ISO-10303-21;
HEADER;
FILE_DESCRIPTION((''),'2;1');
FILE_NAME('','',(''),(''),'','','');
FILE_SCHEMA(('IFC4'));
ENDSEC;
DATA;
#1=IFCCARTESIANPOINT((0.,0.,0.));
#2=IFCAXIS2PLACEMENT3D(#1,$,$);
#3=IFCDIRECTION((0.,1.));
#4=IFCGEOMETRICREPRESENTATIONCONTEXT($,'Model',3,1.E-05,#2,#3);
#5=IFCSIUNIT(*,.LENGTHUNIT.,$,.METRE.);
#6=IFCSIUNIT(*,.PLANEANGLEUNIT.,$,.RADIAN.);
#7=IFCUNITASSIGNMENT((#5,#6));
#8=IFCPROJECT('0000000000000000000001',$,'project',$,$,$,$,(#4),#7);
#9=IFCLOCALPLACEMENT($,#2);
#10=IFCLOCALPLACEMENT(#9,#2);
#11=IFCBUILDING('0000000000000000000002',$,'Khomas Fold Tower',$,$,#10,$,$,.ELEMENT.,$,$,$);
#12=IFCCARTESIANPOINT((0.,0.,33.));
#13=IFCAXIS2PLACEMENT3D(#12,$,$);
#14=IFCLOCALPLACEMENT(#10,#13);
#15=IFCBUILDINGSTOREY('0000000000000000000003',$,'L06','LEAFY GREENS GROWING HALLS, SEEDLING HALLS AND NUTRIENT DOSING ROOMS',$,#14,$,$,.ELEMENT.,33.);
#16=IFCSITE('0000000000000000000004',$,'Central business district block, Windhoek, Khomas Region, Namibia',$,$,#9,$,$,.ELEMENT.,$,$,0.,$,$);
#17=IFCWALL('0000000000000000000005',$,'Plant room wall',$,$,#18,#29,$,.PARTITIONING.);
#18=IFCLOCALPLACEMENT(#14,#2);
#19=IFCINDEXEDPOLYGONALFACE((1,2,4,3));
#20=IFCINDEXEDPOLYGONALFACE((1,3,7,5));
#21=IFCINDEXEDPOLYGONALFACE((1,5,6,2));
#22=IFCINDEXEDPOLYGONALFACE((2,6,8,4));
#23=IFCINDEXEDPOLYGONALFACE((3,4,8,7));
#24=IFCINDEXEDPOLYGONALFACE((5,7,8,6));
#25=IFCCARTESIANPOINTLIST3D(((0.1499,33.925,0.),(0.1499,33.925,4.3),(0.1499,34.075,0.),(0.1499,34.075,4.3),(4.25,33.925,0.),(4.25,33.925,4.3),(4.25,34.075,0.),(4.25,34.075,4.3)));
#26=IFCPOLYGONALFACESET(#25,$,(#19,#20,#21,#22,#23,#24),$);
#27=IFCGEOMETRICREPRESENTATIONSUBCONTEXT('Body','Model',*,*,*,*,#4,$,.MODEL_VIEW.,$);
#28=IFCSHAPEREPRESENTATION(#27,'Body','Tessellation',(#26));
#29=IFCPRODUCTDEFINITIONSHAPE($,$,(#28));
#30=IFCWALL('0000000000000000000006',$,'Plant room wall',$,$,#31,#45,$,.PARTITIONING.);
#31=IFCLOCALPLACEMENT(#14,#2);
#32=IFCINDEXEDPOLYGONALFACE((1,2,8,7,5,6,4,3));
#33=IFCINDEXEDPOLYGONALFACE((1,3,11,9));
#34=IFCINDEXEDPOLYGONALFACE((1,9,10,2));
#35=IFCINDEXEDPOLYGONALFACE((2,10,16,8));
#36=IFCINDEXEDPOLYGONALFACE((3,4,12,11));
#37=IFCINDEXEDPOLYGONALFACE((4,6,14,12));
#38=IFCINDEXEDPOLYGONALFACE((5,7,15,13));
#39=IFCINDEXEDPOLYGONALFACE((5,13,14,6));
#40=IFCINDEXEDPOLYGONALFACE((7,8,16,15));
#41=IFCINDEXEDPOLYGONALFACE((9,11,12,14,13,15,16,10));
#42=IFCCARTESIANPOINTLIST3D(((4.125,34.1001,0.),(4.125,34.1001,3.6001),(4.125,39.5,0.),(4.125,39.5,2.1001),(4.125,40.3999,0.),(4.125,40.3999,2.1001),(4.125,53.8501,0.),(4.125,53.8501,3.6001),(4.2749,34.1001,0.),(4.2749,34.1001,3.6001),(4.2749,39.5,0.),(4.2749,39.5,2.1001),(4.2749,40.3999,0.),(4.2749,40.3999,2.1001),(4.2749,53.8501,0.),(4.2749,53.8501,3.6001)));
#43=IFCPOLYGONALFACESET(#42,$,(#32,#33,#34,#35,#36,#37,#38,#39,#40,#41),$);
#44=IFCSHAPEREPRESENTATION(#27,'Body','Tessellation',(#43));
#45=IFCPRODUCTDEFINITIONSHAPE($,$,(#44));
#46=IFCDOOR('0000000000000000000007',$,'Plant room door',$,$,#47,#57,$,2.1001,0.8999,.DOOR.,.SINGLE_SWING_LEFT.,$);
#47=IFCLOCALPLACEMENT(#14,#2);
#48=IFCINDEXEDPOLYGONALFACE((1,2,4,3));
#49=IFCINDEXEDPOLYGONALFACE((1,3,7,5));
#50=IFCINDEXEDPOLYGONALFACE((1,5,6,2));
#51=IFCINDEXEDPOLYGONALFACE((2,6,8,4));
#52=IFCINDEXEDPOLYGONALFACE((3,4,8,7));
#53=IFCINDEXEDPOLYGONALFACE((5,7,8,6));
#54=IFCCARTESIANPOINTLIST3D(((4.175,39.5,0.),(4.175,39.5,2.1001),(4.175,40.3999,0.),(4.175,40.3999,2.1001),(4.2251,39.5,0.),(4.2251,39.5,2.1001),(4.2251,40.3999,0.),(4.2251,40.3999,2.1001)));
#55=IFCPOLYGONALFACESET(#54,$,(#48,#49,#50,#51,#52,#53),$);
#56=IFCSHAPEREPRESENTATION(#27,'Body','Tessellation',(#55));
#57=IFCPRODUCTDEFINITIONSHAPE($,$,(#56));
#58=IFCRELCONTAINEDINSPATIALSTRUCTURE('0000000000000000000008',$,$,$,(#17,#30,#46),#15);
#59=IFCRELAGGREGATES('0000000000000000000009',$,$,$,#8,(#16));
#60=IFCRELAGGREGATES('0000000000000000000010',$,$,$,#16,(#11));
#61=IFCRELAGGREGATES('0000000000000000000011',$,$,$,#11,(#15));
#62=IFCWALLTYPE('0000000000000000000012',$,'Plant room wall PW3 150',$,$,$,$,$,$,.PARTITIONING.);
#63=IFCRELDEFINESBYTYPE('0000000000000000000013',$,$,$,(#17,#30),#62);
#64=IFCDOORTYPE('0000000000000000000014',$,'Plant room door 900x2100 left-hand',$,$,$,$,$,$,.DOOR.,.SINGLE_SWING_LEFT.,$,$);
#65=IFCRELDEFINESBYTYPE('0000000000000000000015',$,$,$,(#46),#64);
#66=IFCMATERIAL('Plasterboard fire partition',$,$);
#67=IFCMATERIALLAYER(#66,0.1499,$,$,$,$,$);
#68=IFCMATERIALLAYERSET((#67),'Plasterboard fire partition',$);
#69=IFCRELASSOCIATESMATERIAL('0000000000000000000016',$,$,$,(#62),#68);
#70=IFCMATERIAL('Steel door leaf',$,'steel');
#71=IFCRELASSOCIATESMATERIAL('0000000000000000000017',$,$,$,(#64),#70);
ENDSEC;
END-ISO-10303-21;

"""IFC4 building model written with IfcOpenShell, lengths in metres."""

from ifc_helpers import new_model, si_unit, direction, frame, frame_2d, origin, place, context, subcontext, project, spatial, rectangle, extrude, source, transform, mapped, material, layer, layer_set, type_object, element, fill, save


model = new_model("IFC4")

# Units and contexts
model_context = context("Model", 3, precision=1e-05, world=origin(), true_north=direction((0.0, 1.0)))
body_context = subcontext(model_context, "Body", "Model", "MODEL_VIEW")
ifc_project = project(units=[si_unit("LENGTHUNIT", "METRE"), si_unit("PLANEANGLEUNIT", "RADIAN")], contexts=[model_context])

# Site, building, storey
site_placement = place(None, origin())
site = spatial("IfcSite", under=ifc_project, at=site_placement, Name="Central business district block, Windhoek, Khomas Region, Namibia", CompositionType="ELEMENT", RefElevation=0.0)
building_placement = place(site_placement, origin())
building = spatial("IfcBuilding", under=site, at=building_placement, Name="Khomas Fold Tower", CompositionType="ELEMENT")
storey_placement = place(building_placement, frame((0.0, 0.0, 33.0)))
storey = spatial("IfcBuildingStorey", under=building, at=storey_placement, Name="L06", Description="LEAFY GREENS GROWING HALLS, SEEDLING HALLS AND NUTRIENT DOSING ROOMS", CompositionType="ELEMENT", Elevation=33.0)

# Shared definitions
ifc_material_1 = material(Name="Plasterboard fire partition")
ifc_layer_1 = layer(ifc_material_1, 0.1499)
ifc_layer_set_1 = layer_set([ifc_layer_1], Name="Plasterboard fire partition")
wall_type_1 = type_object("IfcWallType", Name="Plant room wall PW3 150", PredefinedType="PARTITIONING", material=ifc_layer_set_1)
shared_shape_1 = source(origin(), body_context, "Body", "SweptSolid", [
    extrude(rectangle(XDim=0.8999, YDim=2.1001, at=frame_2d((0.45, 1.05))), frame((0.0, 0.085, 0.0), z_axis=(0.0, -1.0, 0.0), x_axis=(1.0, 0.0, 0.0)), (0.0, 0.0, 1.0), 0.1699),
])
ifc_material_2 = material(Name="Steel door leaf", Category="steel")
door_type_1 = type_object("IfcDoorType", Name="Plant room door 900x2100 left-hand", OperationType="SINGLE_SWING_LEFT", PredefinedType="DOOR", material=ifc_material_2)
shared_shape_2 = source(origin(), body_context, "Body", "SweptSolid", [
    extrude(rectangle(XDim=0.8999, YDim=2.1001, at=frame_2d((0.45, 1.05))), frame((0.0, 0.0249, 0.0), z_axis=(0.0, -1.0, 0.0), x_axis=(1.0, 0.0, 0.0)), (0.0, 0.0, 1.0), 0.05),
])

# Wall
shared_shape_3 = source(origin(), body_context, "Body", "SweptSolid", [
    extrude(rectangle(XDim=4.1001, YDim=0.1499, at=frame_2d((2.05, 0.0))), origin(), (0.0, 0.0, 1.0), 4.3),
])
wall_1_placement = place(storey_placement, frame((0.1499, 34.0, 0.0), z_axis=(0.0, 0.0, 1.0), x_axis=(1.0, 0.0, 0.0)))
element("IfcWall", 1, at=wall_1_placement, inside=storey, type_object=wall_type_1, Name="Plant room wall", PredefinedType="PARTITIONING", context=body_context, shape_type="MappedRepresentation", body=[
    mapped(shared_shape_3, transform((0.0, 0.0, 0.0))),
])

# Wall, opening, door
shared_shape_4 = source(origin(), body_context, "Body", "SweptSolid", [
    extrude(rectangle(XDim=19.75, YDim=0.1499, at=frame_2d((9.875, 0.0))), origin(), (0.0, 0.0, 1.0), 3.6001),
])
wall_2_placement = place(storey_placement, frame((4.2, 34.1001, 0.0), z_axis=(0.0, 0.0, 1.0), x_axis=(0.0, 1.0, 0.0)))
wall_2 = element("IfcWall", 2, at=wall_2_placement, inside=storey, type_object=wall_type_1, Name="Plant room wall", PredefinedType="PARTITIONING", context=body_context, shape_type="MappedRepresentation", body=[
    mapped(shared_shape_4, transform((0.0, 0.0, 0.0))),
])
opening_1_placement = place(wall_2_placement, frame((5.3999, 0.0, 0.0)))
opening_1 = element("IfcOpeningElement", 3, at=opening_1_placement, cuts=wall_2, PredefinedType="OPENING", context=body_context, shape_type="MappedRepresentation", body=[
    mapped(shared_shape_1, transform((0.0, 0.0, 0.0))),
])
door_1_placement = place(opening_1_placement, origin())
door_1 = element("IfcDoor", 4, at=door_1_placement, inside=storey, type_object=door_type_1, Name="Plant room door", OperationType="SINGLE_SWING_LEFT", OverallHeight=2.1001, OverallWidth=0.8999, PredefinedType="DOOR", context=body_context, shape_type="MappedRepresentation", body=[
    mapped(shared_shape_2, transform((0.0, 0.0, 0.0))),
])
fill(opening_1, door_1)

save(model, "model.ifc")
